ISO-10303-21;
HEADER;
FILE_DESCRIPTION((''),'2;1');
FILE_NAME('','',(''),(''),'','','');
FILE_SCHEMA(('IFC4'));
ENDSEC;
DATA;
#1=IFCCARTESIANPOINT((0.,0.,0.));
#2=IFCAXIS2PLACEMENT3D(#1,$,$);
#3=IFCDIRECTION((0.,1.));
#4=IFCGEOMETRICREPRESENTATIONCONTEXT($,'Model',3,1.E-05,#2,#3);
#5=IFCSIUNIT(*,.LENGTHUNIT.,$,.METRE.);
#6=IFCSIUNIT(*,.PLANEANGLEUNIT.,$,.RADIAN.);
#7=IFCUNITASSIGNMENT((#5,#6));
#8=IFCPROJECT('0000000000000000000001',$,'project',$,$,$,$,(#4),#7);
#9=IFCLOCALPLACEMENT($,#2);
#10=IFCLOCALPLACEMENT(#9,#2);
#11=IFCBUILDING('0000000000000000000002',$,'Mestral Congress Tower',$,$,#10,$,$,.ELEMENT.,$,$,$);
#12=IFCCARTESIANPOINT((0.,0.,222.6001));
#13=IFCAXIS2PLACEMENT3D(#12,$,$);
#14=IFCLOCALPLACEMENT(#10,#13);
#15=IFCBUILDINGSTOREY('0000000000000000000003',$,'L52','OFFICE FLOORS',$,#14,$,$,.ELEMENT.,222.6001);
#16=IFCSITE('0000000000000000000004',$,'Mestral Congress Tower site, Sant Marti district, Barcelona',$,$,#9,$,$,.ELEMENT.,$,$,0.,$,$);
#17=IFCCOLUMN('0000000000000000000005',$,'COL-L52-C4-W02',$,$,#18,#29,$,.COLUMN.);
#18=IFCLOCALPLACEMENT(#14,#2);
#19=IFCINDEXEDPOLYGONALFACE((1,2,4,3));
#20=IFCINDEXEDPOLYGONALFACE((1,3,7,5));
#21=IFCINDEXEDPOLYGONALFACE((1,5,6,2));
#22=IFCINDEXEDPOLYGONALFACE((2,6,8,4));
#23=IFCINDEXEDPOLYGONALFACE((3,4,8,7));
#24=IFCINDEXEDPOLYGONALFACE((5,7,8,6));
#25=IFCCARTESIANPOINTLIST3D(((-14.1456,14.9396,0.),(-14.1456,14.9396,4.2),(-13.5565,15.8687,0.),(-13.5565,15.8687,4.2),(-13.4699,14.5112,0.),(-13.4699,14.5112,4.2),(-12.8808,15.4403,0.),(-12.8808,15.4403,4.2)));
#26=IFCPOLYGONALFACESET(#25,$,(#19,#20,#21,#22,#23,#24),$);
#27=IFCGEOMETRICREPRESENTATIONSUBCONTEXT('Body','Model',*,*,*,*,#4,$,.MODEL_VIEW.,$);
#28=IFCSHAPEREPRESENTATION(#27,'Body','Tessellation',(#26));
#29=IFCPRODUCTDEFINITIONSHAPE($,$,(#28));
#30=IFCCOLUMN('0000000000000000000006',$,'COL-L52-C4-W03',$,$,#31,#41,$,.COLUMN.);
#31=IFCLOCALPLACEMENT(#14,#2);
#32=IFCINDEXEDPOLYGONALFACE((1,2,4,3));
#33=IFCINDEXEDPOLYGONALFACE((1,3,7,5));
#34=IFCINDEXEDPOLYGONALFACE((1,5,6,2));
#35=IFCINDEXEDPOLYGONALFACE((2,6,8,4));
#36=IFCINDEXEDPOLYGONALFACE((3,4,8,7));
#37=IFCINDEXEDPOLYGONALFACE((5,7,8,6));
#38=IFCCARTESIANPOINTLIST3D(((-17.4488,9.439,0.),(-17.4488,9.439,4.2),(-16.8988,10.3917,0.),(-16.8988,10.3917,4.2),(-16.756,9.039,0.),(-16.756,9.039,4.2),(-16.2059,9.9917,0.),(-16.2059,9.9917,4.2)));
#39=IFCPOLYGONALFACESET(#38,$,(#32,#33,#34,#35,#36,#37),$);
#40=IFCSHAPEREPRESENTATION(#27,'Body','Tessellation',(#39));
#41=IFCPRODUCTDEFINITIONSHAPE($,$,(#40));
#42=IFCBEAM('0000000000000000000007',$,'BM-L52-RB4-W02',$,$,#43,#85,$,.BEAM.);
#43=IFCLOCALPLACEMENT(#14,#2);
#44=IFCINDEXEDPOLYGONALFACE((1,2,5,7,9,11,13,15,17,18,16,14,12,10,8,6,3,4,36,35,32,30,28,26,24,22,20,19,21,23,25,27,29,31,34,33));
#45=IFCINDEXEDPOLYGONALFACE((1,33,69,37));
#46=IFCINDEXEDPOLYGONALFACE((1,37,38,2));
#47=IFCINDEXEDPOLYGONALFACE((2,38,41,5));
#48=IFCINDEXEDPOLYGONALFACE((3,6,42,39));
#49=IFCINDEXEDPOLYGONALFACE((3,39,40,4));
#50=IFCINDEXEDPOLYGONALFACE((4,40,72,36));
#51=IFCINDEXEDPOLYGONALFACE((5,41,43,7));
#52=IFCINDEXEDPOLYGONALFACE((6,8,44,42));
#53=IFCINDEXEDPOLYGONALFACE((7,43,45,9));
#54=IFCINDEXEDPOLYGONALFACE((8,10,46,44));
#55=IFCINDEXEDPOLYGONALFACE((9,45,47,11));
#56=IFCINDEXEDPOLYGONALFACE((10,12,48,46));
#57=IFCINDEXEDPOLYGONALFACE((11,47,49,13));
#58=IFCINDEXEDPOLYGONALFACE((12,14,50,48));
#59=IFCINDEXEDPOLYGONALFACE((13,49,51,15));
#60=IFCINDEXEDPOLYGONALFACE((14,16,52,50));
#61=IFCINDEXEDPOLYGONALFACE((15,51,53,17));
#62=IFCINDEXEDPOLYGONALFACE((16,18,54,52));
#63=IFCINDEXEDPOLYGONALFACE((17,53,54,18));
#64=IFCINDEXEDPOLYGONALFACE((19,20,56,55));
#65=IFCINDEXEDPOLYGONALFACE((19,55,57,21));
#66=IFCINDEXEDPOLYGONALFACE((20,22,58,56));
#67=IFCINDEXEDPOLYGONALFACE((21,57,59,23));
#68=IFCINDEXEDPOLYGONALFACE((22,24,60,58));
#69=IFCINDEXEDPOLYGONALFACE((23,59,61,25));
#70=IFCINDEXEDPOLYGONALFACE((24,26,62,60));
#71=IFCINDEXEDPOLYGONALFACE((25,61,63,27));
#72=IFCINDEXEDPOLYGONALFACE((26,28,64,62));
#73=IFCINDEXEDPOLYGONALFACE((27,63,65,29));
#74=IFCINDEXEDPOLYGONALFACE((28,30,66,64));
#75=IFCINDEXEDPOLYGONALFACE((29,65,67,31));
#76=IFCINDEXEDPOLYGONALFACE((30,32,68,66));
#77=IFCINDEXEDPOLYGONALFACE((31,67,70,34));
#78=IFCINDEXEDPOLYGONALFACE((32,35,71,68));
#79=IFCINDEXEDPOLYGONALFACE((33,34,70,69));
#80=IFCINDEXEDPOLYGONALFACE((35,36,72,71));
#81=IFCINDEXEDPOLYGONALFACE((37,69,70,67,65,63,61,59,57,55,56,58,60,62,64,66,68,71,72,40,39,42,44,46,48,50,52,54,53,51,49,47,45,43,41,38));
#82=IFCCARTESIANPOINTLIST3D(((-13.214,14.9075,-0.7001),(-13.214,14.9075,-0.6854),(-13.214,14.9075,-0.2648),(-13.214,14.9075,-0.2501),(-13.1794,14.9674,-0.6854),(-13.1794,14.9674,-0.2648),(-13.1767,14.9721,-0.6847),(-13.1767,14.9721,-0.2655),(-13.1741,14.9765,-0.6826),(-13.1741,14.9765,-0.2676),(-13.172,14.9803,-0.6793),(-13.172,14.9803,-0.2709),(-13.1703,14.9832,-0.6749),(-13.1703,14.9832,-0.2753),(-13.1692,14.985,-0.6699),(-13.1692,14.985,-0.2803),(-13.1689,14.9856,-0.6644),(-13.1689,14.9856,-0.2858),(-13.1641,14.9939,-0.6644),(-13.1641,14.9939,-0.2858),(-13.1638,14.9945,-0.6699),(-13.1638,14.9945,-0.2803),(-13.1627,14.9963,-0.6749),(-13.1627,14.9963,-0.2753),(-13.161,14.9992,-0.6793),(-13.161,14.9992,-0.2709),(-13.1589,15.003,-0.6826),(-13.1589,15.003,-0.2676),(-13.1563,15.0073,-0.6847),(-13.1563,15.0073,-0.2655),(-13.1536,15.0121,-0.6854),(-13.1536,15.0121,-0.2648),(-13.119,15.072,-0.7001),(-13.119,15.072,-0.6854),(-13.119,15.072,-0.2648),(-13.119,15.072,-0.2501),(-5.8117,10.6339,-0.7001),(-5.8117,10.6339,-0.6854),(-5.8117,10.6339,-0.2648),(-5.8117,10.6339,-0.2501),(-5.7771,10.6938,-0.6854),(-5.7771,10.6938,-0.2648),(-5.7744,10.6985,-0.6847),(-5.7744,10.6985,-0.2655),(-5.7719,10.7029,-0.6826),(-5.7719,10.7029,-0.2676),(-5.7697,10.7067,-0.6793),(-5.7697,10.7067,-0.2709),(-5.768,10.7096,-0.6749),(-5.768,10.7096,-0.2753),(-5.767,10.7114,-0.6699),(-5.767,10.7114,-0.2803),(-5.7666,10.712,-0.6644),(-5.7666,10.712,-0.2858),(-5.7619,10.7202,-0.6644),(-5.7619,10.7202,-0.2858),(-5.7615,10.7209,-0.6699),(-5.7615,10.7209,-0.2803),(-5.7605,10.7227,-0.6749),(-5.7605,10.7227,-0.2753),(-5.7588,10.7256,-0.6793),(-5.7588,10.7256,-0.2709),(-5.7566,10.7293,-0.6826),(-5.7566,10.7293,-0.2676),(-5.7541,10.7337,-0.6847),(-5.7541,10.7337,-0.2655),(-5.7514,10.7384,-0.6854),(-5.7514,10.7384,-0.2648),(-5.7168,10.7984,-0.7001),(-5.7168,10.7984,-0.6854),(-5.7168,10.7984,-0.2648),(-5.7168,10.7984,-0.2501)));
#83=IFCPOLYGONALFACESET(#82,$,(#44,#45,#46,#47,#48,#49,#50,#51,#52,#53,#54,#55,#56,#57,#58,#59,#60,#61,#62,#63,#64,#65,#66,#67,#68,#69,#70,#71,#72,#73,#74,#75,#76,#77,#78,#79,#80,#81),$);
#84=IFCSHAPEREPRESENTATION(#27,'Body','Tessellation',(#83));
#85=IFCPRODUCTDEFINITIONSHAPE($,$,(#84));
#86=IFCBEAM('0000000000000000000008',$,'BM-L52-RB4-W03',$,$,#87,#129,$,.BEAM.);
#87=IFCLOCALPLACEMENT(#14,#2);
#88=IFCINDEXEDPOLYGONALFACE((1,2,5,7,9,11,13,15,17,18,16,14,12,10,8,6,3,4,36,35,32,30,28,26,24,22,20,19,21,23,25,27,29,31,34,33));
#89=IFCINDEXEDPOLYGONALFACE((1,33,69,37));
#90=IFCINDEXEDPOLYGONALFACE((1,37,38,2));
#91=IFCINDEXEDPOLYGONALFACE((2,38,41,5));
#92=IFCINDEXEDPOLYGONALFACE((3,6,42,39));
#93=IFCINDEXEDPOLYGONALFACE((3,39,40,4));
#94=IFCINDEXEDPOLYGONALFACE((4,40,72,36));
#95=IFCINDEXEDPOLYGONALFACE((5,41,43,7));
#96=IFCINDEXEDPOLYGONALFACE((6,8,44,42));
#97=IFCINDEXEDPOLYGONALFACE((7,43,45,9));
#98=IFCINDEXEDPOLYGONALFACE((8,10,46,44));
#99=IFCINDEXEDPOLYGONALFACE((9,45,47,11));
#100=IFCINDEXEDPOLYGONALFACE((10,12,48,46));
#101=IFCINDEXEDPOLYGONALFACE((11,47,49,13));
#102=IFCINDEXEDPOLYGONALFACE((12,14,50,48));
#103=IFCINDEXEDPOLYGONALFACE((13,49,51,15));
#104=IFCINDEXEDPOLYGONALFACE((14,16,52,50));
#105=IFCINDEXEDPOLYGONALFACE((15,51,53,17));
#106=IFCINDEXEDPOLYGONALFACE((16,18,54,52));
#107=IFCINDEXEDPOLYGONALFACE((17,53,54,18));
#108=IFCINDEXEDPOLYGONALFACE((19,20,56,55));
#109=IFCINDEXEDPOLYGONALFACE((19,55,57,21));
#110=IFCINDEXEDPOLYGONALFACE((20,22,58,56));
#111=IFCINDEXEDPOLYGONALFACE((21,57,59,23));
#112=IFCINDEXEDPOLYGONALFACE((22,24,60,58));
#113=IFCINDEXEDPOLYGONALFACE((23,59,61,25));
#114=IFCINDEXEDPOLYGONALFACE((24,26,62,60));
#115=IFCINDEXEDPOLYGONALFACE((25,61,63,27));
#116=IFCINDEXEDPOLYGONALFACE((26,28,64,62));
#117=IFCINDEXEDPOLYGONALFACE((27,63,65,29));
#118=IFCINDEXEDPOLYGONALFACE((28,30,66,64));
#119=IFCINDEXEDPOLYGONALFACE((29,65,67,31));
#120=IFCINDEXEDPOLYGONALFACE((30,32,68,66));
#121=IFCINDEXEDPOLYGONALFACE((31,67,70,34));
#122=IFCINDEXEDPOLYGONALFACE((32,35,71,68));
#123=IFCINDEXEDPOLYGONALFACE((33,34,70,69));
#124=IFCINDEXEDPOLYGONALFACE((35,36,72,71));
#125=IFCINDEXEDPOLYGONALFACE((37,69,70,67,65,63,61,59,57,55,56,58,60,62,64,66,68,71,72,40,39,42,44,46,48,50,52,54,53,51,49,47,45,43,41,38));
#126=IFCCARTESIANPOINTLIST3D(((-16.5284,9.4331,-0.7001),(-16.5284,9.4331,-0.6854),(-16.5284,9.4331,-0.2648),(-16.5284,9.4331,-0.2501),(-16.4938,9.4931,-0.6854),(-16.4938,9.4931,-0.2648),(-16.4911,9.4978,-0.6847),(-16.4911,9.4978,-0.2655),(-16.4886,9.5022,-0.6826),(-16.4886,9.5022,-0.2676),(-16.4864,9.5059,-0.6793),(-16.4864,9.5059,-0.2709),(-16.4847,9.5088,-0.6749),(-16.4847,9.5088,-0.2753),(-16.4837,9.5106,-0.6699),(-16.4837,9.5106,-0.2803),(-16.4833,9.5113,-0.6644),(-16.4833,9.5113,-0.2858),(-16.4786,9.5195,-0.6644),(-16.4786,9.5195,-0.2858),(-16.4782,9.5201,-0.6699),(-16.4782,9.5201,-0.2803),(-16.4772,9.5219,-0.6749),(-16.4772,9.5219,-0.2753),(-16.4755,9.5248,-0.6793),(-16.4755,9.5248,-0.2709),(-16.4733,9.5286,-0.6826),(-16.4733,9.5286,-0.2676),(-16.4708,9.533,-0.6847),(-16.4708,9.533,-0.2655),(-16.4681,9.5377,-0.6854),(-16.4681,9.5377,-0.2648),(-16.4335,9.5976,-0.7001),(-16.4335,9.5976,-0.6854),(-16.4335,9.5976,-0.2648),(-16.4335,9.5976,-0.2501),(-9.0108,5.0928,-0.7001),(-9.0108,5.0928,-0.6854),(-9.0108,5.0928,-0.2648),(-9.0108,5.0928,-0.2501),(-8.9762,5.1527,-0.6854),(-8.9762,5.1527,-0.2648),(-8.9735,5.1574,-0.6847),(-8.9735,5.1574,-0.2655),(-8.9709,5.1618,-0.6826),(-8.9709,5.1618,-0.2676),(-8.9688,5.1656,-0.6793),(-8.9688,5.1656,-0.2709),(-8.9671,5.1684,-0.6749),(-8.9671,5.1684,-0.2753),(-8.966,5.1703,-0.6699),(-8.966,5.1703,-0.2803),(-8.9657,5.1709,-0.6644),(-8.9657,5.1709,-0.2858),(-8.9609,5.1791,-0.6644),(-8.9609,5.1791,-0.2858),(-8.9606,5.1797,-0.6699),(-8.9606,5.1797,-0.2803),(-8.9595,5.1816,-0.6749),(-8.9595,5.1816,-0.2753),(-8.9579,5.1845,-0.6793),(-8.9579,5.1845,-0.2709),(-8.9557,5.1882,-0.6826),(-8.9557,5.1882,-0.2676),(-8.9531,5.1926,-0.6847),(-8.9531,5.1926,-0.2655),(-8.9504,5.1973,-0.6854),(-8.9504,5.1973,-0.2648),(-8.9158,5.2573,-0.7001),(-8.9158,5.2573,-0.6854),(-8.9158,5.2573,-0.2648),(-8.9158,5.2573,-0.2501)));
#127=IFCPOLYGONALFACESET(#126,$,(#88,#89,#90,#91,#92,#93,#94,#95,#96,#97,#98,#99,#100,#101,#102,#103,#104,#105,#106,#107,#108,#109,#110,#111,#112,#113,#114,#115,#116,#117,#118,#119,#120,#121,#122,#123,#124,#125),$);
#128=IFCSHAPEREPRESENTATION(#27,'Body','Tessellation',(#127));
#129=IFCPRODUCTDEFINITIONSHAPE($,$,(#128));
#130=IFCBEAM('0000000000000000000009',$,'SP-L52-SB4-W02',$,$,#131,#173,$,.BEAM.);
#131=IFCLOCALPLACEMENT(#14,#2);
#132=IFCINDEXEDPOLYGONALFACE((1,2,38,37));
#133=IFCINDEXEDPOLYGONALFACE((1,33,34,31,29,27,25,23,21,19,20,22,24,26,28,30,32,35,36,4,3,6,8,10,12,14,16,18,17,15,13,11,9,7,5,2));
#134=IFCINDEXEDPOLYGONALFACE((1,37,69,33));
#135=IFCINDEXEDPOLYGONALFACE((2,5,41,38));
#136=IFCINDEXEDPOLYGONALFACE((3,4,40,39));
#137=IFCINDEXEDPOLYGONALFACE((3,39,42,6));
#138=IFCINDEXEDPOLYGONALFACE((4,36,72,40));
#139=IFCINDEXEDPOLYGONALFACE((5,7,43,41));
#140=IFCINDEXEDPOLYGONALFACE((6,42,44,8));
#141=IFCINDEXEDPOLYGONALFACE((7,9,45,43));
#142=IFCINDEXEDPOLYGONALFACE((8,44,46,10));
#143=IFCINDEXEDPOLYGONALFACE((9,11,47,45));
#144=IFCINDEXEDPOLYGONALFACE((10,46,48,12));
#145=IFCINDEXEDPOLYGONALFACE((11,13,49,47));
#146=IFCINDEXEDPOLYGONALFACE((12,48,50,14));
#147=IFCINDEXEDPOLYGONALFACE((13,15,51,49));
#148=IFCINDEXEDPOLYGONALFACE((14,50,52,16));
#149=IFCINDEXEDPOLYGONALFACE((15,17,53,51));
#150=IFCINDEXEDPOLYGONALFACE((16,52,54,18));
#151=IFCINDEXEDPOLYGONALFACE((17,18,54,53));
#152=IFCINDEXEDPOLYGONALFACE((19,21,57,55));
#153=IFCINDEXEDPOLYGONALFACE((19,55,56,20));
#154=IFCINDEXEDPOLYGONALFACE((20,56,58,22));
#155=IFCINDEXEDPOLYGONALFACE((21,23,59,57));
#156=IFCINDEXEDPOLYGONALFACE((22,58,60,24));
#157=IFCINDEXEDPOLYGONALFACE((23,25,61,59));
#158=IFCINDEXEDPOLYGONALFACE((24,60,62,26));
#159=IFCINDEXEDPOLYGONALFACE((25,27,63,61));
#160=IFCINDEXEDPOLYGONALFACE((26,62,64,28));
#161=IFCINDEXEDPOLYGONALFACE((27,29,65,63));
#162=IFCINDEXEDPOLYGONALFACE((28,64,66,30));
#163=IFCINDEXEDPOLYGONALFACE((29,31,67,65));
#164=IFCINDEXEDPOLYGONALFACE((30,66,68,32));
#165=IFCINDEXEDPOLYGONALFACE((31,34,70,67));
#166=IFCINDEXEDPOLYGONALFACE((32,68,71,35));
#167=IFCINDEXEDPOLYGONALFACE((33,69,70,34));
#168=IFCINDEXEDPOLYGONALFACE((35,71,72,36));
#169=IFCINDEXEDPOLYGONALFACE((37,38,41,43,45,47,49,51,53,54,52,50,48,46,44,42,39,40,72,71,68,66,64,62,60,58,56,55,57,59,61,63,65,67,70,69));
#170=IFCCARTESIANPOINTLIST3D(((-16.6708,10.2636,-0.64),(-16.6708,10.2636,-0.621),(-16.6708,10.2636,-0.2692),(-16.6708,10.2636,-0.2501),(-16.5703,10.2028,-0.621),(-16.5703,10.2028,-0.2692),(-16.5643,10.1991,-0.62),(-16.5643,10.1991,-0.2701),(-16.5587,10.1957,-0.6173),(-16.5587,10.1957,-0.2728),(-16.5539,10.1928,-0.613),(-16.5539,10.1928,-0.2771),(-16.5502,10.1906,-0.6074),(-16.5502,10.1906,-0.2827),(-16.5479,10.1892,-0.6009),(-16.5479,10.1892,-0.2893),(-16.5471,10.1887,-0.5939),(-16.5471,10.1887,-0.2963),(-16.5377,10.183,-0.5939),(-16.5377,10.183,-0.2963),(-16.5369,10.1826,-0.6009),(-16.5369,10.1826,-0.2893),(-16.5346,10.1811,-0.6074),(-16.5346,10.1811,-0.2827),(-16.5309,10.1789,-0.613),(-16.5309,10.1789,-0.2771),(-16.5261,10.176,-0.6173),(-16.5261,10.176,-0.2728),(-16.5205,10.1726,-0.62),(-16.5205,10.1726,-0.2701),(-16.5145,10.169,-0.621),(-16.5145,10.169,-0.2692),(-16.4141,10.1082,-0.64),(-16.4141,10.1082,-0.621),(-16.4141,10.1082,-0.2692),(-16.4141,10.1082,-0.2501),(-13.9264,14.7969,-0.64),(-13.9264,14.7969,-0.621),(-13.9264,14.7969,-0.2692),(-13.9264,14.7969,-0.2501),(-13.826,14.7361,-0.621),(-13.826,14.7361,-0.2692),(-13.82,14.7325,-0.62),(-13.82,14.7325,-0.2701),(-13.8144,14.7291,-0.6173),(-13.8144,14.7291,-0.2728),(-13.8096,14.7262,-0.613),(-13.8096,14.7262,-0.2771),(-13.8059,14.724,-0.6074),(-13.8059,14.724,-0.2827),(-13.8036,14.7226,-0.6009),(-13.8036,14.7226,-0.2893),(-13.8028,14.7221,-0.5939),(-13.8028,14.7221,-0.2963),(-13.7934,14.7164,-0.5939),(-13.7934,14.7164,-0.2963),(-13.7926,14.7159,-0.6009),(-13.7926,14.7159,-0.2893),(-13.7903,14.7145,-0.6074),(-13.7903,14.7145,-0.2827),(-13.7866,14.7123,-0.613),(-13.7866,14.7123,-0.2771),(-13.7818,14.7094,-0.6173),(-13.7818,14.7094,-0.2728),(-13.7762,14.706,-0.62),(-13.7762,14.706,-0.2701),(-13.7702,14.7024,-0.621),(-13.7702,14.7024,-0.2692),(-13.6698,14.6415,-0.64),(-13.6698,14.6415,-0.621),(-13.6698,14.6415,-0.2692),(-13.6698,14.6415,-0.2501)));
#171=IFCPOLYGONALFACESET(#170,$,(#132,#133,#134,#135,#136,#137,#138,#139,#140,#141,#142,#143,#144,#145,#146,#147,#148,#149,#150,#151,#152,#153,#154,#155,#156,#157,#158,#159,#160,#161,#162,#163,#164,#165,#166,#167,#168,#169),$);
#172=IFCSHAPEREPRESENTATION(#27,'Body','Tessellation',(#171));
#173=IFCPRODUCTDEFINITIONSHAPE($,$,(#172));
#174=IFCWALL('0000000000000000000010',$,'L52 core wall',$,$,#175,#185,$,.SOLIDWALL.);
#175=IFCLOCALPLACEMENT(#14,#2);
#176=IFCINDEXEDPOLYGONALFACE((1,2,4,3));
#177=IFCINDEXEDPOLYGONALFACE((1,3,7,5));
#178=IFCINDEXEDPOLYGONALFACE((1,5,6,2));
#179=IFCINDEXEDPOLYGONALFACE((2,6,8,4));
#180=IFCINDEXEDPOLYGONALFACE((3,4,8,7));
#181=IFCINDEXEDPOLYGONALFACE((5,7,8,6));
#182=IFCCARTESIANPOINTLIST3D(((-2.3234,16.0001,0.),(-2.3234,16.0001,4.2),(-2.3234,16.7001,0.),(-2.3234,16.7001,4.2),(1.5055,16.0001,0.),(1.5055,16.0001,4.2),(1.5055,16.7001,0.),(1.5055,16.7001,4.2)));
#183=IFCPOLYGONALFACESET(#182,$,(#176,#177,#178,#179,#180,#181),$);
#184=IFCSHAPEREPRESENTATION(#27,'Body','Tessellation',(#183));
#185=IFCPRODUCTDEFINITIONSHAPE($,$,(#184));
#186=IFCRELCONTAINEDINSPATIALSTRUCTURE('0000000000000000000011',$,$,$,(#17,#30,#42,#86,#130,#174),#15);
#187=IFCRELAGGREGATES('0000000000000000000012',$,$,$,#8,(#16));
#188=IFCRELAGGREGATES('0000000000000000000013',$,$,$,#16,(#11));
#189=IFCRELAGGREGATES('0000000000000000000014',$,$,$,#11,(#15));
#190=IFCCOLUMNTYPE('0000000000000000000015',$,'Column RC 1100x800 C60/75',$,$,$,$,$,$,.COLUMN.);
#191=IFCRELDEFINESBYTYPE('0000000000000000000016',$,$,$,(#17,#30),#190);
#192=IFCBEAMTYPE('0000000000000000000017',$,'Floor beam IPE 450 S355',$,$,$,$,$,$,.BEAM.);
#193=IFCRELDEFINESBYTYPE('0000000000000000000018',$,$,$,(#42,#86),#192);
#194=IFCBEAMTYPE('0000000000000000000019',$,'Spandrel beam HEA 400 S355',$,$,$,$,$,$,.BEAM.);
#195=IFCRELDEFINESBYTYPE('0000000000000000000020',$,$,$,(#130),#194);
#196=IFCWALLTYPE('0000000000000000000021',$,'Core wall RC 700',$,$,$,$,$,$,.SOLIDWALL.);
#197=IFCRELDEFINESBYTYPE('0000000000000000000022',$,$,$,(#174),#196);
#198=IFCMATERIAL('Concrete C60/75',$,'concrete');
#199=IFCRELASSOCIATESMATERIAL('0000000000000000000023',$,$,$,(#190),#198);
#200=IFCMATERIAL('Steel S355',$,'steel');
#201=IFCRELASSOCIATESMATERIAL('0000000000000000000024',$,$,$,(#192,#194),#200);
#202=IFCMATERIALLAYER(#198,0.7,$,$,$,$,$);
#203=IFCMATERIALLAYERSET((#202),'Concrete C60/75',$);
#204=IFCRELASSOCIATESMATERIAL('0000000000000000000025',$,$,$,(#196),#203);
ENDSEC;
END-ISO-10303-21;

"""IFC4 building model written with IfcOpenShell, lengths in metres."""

from ifc_helpers import new_model, si_unit, direction, frame, frame_2d, origin, origin_2d, place, context, subcontext, project, spatial, rectangle, i_section, extrude, material, layer, layer_set, material_profile, profile_set, type_object, element, save


model = new_model("IFC4")

# Units and contexts
model_context = context("Model", 3, precision=1e-05, world=origin(), true_north=direction((0.0, 1.0)))
body_context = subcontext(model_context, "Body", "Model", "MODEL_VIEW")
ifc_project = project(units=[si_unit("LENGTHUNIT", "METRE"), si_unit("PLANEANGLEUNIT", "RADIAN")], contexts=[model_context])

# Site, building, storey
site_placement = place(None, origin())
site = spatial("IfcSite", under=ifc_project, at=site_placement, Name="Mestral Congress Tower site, Sant Marti district, Barcelona", CompositionType="ELEMENT", RefElevation=0.0)
building_placement = place(site_placement, origin())
building = spatial("IfcBuilding", under=site, at=building_placement, Name="Mestral Congress Tower", CompositionType="ELEMENT")
storey_placement = place(building_placement, frame((0.0, 0.0, 222.6001)))
storey = spatial("IfcBuildingStorey", under=building, at=storey_placement, Name="L52", Description="OFFICE FLOORS", CompositionType="ELEMENT", Elevation=222.6001)

# Columns
ifc_material_1 = material(Name="Concrete C60/75", Category="concrete")
ifc_material_profile_1 = material_profile(ifc_material_1, rectangle(XDim=1.1001, YDim=0.8, at=origin_2d()), Name="RC 1100x800")
ifc_profile_set_1 = profile_set([ifc_material_profile_1], Name="Concrete C60/75")
column_type = type_object("IfcColumnType", Name="Column RC 1100x800 C60/75", PredefinedType="COLUMN", material=ifc_profile_set_1)
for number, where, z_axis, x_axis, name in (
    (1, (-13.5132, 15.1899, 0.0), (0.0, 0.0, 1.0), (-0.535503, -0.844534, 0.0), "COL-L52-C4-W02"),
    (2, (-16.8274, 9.7153, 0.0), (0.0, 0.0, 1.0), (-0.5, -0.866025, 0.0), "COL-L52-C4-W03"),
):
    element("IfcColumn", number, at=place(storey_placement, frame(where, z_axis=z_axis, x_axis=x_axis)), inside=storey, type_object=column_type, Name=name, PredefinedType="COLUMN", context=body_context, shape_type="SweptSolid", body=[
        extrude(rectangle(XDim=1.1001, YDim=0.8, at=origin_2d()), origin(), (0.0, 0.0, 1.0), 4.2),
    ])

# Beams
ifc_material_2 = material(Name="Steel S355", Category="steel")
ifc_material_profile_2 = material_profile(ifc_material_2, i_section(OverallWidth=0.1899, OverallDepth=0.45, WebThickness=0.0095, FlangeThickness=0.0146, FilletRadius=0.021, at=origin_2d()), Name="IPE 450")
ifc_profile_set_2 = profile_set([ifc_material_profile_2], Name="Steel S355")
beam_type_1 = type_object("IfcBeamType", Name="Floor beam IPE 450 S355", PredefinedType="BEAM", material=ifc_profile_set_2)
beam_1_placement = place(storey_placement, frame((-13.1665, 14.9897, -0.4751), z_axis=(0.866029, -0.499994, 0.0), x_axis=(0.499994, 0.866029, 0.0)))
element("IfcBeam", 3, at=beam_1_placement, inside=storey, type_object=beam_type_1, Name="BM-L52-RB4-W02", PredefinedType="BEAM", context=body_context, shape_type="SweptSolid", body=[
    extrude(i_section(OverallWidth=0.1899, OverallDepth=0.45, WebThickness=0.0095, FlangeThickness=0.0146, FilletRadius=0.021, at=origin_2d()), origin(), (0.0, 0.0, 1.0), 8.5474),
])
beam_2_placement = place(storey_placement, frame((-16.481, 9.5154, -0.4751), z_axis=(0.866023, -0.500005, 0.0), x_axis=(0.500005, 0.866023, 0.0)))
element("IfcBeam", 4, at=beam_2_placement, inside=storey, type_object=beam_type_1, Name="BM-L52-RB4-W03", PredefinedType="BEAM", context=body_context, shape_type="SweptSolid", body=[
    extrude(i_section(OverallWidth=0.1899, OverallDepth=0.45, WebThickness=0.0095, FlangeThickness=0.0146, FilletRadius=0.021, at=origin_2d()), origin(), (0.0, 0.0, 1.0), 8.6807),
])
ifc_material_profile_3 = material_profile(ifc_material_2, i_section(OverallWidth=0.3, OverallDepth=0.3899, WebThickness=0.011, FlangeThickness=0.019, FilletRadius=0.0271, at=origin_2d()), Name="HEA 400")
ifc_profile_set_3 = profile_set([ifc_material_profile_3], Name="Steel S355")
beam_type_2 = type_object("IfcBeamType", Name="Spandrel beam HEA 400 S355", PredefinedType="BEAM", material=ifc_profile_set_3)
beam_3_placement = place(storey_placement, frame((-13.7981, 14.7192, -0.4451), z_axis=(-0.517866, -0.855462, 0.0), x_axis=(0.855462, -0.517866, 0.0)))
element("IfcBeam", 5, at=beam_3_placement, inside=storey, type_object=beam_type_2, Name="SP-L52-SB4-W02", PredefinedType="BEAM", context=body_context, shape_type="SweptSolid", body=[
    extrude(i_section(OverallWidth=0.3, OverallDepth=0.3899, WebThickness=0.011, FlangeThickness=0.019, FilletRadius=0.0271, at=origin_2d()), origin(), (0.0, 0.0, 1.0), 5.2993),
])

# Wall
ifc_layer_1 = layer(ifc_material_1, 0.7)
ifc_layer_set_1 = layer_set([ifc_layer_1], Name="Concrete C60/75")
wall_type_1 = type_object("IfcWallType", Name="Core wall RC 700", PredefinedType="SOLIDWALL", material=ifc_layer_set_1)
wall_1_placement = place(storey_placement, frame((-2.3235, 16.3501, 0.0), z_axis=(0.0, 0.0, 1.0), x_axis=(1.0, 0.0, 0.0)))
element("IfcWall", 6, at=wall_1_placement, inside=storey, type_object=wall_type_1, Name="L52 core wall", PredefinedType="SOLIDWALL", context=body_context, shape_type="SweptSolid", body=[
    extrude(rectangle(XDim=3.8289, YDim=0.7, at=frame_2d((1.9146, 0.0))), origin(), (0.0, 0.0, 1.0), 4.2),
])

save(model, "model.ifc")
